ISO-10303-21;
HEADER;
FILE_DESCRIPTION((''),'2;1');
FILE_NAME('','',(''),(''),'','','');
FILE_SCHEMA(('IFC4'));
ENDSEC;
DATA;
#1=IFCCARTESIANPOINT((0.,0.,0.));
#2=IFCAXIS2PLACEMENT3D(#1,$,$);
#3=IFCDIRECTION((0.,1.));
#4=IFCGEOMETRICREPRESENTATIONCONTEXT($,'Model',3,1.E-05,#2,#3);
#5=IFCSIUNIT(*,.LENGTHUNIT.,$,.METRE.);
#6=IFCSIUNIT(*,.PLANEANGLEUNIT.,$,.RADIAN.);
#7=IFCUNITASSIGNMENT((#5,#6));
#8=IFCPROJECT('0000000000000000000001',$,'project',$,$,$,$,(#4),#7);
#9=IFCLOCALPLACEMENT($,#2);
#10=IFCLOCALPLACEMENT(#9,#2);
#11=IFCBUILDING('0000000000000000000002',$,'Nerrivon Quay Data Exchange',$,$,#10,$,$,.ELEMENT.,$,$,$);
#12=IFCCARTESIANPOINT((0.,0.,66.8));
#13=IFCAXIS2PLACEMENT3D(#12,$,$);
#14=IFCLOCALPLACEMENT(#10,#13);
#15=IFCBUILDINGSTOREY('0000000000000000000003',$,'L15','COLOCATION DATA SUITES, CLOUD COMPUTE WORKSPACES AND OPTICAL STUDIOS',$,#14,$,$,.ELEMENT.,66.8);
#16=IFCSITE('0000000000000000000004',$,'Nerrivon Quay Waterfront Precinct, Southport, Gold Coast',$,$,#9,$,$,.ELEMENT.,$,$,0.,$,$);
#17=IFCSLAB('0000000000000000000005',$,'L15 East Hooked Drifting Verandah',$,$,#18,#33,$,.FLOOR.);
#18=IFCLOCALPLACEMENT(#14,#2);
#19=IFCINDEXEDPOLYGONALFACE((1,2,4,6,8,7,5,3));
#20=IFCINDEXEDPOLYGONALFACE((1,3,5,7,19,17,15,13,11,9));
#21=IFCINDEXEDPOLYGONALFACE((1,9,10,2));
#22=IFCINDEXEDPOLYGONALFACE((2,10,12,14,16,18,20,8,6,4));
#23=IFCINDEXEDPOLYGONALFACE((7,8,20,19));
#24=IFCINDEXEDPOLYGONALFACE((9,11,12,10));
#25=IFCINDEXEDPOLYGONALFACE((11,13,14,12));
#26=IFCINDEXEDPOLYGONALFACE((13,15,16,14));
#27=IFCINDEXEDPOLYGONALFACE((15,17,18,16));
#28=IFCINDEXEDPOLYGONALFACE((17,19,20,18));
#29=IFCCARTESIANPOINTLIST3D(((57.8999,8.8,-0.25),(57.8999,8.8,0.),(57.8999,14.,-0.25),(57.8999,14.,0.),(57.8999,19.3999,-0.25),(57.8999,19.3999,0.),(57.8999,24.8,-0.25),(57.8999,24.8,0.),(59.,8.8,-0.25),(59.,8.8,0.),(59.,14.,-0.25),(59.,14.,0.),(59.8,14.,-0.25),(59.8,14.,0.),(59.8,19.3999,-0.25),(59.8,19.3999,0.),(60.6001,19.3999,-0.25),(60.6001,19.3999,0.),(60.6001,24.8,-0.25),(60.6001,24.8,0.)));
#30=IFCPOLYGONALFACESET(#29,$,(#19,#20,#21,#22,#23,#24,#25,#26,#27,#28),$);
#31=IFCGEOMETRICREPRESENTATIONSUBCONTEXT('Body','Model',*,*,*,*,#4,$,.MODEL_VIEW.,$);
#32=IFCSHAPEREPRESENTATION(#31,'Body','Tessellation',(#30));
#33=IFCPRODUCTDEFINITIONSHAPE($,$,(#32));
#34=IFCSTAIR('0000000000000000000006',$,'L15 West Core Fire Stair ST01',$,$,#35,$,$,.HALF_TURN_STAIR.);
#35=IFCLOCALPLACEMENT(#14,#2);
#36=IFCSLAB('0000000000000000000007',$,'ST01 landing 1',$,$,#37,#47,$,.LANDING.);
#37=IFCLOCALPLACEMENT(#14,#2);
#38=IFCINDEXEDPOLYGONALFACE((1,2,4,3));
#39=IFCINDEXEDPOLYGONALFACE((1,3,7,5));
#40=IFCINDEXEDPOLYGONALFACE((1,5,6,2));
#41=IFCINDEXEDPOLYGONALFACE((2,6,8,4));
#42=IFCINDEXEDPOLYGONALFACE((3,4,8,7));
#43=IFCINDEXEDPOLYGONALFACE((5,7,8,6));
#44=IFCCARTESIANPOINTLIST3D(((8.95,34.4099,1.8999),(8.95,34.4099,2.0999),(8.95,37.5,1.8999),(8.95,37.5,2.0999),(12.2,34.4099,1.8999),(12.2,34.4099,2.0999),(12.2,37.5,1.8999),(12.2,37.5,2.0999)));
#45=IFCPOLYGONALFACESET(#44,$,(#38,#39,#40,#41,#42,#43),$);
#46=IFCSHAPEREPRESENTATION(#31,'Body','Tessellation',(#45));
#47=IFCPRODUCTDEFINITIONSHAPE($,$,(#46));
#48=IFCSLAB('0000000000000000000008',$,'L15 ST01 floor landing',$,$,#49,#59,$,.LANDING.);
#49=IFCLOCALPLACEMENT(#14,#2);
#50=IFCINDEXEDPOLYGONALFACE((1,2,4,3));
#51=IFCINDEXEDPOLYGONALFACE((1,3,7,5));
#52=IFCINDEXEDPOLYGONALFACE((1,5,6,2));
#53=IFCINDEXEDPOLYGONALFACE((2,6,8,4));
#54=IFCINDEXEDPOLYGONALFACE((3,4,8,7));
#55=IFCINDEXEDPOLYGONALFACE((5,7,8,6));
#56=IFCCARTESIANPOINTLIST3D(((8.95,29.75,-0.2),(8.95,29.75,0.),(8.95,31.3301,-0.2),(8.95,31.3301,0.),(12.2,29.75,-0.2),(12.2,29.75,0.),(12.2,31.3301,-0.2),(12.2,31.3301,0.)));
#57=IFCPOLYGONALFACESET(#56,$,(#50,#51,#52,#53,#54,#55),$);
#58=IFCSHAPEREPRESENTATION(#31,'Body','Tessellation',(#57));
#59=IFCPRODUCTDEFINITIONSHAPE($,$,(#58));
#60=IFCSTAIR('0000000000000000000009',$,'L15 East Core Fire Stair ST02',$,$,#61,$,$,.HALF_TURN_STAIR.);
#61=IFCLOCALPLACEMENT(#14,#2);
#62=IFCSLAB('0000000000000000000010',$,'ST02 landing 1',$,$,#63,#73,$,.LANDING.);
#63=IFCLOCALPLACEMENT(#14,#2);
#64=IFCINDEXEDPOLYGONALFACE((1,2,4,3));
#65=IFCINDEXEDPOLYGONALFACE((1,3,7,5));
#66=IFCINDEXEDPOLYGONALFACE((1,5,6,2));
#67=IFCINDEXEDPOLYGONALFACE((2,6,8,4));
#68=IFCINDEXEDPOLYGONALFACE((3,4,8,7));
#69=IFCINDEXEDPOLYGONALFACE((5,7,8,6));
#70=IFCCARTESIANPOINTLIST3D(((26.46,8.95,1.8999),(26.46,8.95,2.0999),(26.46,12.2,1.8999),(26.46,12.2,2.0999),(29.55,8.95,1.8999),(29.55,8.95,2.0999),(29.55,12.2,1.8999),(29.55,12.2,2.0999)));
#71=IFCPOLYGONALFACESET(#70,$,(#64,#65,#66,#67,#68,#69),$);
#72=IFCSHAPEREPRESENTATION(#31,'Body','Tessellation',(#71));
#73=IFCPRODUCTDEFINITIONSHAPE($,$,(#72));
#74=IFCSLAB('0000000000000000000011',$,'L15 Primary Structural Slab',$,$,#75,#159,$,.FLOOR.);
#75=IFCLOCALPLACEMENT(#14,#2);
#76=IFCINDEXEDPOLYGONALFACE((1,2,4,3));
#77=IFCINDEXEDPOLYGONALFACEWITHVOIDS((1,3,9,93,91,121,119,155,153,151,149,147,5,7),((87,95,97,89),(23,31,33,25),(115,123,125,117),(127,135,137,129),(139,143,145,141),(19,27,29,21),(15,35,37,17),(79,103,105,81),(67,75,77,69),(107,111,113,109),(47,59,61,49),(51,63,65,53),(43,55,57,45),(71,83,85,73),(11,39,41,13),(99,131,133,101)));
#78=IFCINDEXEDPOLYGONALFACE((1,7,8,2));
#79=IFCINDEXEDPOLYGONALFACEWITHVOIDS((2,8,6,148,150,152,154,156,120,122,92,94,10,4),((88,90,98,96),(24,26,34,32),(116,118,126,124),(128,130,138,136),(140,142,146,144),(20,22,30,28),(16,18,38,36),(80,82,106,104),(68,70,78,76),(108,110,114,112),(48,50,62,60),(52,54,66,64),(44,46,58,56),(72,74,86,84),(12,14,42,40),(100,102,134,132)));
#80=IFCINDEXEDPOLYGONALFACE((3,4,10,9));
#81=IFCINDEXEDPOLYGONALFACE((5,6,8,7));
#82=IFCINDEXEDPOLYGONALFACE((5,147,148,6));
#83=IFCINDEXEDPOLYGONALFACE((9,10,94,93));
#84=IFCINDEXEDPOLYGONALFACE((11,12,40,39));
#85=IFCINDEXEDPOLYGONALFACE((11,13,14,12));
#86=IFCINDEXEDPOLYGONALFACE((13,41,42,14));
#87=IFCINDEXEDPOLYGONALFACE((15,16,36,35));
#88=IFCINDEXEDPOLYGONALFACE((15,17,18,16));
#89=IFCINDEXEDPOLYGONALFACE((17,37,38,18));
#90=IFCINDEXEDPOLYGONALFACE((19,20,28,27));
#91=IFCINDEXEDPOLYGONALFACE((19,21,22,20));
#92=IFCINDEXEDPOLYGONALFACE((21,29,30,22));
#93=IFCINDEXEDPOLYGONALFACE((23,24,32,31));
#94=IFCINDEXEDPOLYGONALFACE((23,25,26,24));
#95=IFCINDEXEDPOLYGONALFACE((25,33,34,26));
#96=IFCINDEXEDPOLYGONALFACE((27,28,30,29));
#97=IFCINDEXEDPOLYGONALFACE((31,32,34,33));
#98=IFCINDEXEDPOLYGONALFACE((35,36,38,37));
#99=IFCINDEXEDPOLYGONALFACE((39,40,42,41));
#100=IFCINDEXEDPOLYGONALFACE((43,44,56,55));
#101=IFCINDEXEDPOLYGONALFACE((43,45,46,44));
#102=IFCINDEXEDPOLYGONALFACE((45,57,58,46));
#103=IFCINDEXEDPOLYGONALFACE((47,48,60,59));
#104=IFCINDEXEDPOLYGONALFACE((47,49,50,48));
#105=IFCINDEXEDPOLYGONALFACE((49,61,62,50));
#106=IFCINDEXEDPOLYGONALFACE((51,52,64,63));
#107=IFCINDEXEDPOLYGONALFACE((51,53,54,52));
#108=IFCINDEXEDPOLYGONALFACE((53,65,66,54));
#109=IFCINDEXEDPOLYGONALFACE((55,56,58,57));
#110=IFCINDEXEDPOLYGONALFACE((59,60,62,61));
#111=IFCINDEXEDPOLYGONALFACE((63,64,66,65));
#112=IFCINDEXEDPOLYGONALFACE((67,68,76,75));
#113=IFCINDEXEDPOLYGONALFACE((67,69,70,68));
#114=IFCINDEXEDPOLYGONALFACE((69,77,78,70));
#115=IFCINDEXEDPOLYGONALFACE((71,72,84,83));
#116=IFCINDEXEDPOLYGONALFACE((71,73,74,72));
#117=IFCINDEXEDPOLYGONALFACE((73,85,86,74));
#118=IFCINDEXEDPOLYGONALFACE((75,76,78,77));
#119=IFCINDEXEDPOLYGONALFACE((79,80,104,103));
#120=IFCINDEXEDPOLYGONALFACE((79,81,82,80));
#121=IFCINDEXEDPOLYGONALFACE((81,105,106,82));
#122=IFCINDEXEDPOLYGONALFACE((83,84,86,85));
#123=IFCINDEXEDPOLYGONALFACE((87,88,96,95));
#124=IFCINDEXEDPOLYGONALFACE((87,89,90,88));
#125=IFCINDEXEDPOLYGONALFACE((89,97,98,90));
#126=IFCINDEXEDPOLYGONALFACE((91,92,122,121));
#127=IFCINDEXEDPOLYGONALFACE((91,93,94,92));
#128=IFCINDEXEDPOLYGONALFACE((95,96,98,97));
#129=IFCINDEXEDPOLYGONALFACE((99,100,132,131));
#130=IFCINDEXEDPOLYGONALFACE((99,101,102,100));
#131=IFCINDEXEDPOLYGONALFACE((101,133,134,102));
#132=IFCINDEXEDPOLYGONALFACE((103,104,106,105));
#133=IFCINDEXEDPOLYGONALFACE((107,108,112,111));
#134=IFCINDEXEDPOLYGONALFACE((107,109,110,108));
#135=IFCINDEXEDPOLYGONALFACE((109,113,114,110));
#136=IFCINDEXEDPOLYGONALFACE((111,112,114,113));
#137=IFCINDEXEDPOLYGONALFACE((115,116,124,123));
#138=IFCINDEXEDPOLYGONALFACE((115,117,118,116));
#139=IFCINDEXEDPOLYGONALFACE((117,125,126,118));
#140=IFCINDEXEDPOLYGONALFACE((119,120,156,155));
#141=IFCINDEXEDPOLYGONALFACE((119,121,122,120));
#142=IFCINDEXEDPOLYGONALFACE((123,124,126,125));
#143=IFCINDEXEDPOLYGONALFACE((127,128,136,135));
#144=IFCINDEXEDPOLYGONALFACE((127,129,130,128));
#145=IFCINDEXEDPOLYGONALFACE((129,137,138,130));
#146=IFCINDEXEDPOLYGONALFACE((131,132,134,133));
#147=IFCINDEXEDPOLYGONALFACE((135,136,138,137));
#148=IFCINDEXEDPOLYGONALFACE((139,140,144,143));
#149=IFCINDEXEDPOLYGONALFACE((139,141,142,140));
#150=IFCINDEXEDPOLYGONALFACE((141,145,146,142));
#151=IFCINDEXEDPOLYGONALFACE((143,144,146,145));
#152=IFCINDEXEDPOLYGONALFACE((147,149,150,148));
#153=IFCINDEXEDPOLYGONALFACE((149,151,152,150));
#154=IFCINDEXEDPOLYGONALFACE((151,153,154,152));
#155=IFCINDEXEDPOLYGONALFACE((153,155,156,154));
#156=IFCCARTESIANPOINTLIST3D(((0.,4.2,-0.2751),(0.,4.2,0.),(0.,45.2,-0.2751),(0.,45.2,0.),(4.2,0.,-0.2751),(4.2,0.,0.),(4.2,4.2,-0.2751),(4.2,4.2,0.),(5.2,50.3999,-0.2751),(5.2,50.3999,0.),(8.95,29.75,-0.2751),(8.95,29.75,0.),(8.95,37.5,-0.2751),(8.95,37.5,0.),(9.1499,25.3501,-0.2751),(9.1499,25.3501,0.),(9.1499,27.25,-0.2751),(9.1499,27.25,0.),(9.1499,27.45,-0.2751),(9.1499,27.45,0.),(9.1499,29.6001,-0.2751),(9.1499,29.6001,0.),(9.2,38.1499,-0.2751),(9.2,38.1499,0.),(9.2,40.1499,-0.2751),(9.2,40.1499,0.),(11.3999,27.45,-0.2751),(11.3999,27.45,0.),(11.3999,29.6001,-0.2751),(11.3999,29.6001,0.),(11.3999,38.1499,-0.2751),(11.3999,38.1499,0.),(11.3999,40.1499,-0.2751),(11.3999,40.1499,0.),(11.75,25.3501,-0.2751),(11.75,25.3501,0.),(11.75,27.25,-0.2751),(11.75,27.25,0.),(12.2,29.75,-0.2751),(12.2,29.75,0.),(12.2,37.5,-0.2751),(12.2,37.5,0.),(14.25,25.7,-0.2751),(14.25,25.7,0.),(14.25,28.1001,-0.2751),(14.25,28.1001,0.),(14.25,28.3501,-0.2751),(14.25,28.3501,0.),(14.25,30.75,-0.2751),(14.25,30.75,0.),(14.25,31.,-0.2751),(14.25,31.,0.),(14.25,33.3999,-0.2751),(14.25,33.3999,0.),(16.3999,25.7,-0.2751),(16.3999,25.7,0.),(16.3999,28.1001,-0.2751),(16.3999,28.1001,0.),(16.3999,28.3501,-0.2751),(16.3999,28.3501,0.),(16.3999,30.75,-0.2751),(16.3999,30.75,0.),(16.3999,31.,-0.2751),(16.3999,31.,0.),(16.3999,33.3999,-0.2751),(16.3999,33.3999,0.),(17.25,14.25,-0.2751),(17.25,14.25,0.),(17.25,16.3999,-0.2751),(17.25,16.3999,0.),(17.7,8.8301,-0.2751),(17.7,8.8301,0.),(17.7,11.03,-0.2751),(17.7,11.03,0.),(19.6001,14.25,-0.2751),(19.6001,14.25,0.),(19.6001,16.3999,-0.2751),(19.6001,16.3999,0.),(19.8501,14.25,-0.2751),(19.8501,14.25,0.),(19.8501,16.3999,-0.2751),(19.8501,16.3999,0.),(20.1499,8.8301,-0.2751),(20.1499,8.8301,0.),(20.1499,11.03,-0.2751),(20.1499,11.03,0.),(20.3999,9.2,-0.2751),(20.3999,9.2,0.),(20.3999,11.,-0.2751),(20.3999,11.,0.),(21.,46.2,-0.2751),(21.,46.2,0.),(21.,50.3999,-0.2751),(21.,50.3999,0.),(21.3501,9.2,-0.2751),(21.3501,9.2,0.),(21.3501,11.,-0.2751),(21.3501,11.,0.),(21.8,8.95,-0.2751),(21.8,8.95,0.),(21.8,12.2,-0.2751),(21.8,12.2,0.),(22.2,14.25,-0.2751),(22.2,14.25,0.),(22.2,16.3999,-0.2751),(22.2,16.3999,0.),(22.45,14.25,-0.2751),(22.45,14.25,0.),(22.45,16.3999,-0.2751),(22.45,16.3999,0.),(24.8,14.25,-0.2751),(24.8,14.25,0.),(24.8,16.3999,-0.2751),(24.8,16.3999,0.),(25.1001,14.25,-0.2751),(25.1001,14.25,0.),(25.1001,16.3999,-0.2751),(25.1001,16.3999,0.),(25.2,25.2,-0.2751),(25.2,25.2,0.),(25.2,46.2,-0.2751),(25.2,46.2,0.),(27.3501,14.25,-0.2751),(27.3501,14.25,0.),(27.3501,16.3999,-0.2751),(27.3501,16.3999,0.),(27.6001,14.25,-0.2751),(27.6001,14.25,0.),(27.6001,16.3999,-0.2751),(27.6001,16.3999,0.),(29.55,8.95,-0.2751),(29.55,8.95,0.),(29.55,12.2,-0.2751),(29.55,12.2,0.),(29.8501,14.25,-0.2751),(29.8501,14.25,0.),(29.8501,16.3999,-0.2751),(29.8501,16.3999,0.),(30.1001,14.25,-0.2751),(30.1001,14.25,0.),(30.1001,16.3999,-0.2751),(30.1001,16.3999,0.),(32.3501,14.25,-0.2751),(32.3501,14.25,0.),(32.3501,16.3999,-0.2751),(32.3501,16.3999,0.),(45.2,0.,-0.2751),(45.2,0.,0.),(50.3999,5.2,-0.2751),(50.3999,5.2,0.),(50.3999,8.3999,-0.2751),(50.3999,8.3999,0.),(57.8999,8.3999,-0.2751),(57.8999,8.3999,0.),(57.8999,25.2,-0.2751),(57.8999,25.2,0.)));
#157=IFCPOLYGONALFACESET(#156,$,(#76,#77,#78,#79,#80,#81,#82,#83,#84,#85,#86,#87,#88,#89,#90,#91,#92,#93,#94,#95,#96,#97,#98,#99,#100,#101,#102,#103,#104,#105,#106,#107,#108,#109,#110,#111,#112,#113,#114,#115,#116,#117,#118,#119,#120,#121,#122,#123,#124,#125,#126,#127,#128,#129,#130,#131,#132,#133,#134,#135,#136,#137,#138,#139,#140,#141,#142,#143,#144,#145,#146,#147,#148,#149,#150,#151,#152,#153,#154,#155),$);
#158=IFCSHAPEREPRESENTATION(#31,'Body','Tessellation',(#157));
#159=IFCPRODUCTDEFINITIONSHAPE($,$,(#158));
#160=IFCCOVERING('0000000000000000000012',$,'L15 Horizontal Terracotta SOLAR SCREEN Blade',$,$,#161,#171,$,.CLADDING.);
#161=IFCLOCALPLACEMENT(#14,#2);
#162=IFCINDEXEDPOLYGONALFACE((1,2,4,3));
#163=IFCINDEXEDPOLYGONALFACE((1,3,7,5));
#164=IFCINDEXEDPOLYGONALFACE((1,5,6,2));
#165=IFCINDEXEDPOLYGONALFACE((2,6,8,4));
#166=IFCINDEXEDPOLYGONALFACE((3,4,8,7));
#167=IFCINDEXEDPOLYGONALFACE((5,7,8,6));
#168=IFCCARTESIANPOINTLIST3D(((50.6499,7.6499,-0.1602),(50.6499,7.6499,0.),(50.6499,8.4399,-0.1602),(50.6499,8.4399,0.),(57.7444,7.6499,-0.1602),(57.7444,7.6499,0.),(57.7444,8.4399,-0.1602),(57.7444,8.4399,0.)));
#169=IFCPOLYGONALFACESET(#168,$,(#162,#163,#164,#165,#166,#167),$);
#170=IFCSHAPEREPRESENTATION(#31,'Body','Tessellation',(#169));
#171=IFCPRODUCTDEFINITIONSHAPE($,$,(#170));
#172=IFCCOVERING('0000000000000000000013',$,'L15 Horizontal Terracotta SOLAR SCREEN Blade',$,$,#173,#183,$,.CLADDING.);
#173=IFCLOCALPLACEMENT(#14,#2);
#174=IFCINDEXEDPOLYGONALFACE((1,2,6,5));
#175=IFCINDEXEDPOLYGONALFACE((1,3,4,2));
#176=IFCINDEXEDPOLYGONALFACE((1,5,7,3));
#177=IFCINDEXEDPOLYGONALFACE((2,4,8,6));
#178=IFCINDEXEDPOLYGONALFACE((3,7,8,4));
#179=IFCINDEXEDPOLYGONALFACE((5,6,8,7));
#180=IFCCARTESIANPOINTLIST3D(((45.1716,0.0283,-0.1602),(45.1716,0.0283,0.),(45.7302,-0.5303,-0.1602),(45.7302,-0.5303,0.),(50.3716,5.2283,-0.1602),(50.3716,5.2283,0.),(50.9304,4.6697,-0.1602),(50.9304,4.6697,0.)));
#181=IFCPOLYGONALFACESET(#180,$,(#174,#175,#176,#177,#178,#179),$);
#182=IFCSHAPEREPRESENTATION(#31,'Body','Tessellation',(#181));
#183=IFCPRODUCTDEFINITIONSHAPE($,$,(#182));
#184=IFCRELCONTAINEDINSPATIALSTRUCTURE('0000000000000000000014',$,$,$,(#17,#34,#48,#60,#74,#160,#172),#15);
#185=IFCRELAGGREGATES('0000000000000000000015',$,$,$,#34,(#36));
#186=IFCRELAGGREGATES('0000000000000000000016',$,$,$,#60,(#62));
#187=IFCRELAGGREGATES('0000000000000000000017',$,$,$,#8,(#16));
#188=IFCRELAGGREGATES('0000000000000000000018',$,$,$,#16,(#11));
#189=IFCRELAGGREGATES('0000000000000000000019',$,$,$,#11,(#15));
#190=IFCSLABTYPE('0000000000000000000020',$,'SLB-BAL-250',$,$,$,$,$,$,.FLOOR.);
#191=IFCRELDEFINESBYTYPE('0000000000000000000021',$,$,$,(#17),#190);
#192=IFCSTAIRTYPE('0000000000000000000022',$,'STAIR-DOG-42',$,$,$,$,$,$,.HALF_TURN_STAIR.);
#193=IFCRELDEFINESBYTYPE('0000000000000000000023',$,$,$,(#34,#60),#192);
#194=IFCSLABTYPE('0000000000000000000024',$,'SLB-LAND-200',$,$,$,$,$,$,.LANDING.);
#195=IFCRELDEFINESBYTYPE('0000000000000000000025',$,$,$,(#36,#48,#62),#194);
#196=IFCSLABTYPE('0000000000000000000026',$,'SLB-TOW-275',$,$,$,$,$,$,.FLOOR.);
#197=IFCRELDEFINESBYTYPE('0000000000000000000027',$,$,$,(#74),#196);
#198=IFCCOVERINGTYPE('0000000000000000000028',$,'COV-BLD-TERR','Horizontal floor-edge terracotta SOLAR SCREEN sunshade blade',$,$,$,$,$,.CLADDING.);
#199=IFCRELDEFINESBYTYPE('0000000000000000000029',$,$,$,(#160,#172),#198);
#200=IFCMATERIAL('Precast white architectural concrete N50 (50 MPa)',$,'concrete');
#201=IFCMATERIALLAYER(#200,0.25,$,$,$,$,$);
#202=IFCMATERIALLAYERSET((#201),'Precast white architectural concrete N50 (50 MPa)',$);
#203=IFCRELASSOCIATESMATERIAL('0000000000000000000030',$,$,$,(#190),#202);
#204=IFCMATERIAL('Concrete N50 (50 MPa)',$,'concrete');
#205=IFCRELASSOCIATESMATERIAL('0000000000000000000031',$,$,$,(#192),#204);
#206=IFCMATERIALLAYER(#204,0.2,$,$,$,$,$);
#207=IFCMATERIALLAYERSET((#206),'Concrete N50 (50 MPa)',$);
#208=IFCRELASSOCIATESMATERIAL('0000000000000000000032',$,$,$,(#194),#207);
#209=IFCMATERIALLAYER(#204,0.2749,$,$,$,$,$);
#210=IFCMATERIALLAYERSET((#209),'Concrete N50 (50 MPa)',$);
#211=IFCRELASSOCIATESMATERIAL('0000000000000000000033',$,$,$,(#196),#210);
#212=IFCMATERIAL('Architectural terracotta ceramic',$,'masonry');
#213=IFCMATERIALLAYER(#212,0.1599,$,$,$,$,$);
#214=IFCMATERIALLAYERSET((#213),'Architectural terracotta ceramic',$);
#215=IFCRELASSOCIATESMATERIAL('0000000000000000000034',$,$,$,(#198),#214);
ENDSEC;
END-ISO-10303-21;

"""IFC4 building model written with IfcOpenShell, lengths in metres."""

from ifc_helpers import new_model, si_unit, direction, frame, origin, place, context, subcontext, project, spatial, polyline, outline, extrude, material, layer, layer_set, type_object, element, aggregate, save


model = new_model("IFC4")

# Units and contexts
model_context = context("Model", 3, precision=1e-05, world=origin(), true_north=direction((0.0, 1.0)))
body_context = subcontext(model_context, "Body", "Model", "MODEL_VIEW")
ifc_project = project(units=[si_unit("LENGTHUNIT", "METRE"), si_unit("PLANEANGLEUNIT", "RADIAN")], contexts=[model_context])

# Site, building, storey
site_placement = place(None, origin())
site = spatial("IfcSite", under=ifc_project, at=site_placement, Name="Nerrivon Quay Waterfront Precinct, Southport, Gold Coast", CompositionType="ELEMENT", RefElevation=0.0)
building_placement = place(site_placement, origin())
building = spatial("IfcBuilding", under=site, at=building_placement, Name="Nerrivon Quay Data Exchange", CompositionType="ELEMENT")
storey_placement = place(building_placement, frame((0.0, 0.0, 66.8)))
storey = spatial("IfcBuildingStorey", under=building, at=storey_placement, Name="L15", Description="COLOCATION DATA SUITES, CLOUD COMPUTE WORKSPACES AND OPTICAL STUDIOS", CompositionType="ELEMENT", Elevation=66.8)

# Slab
ifc_material_1 = material(Name="Precast white architectural concrete N50 (50 MPa)", Category="concrete")
ifc_layer_1 = layer(ifc_material_1, 0.25)
ifc_layer_set_1 = layer_set([ifc_layer_1], Name="Precast white architectural concrete N50 (50 MPa)")
slab_type_1 = type_object("IfcSlabType", Name="SLB-BAL-250", PredefinedType="FLOOR", material=ifc_layer_set_1)
slab_1_placement = place(storey_placement, frame((0.0, 0.0, -0.25)))
element("IfcSlab", 1, at=slab_1_placement, inside=storey, type_object=slab_type_1, Name="L15 East Hooked Drifting Verandah", PredefinedType="FLOOR", context=body_context, shape_type="SweptSolid", body=[
    extrude(outline(polyline([(59.0, 14.0), (59.8, 14.0), (59.8, 19.3999), (60.6001, 19.3999), (60.6001, 24.8), (57.8999, 24.8), (57.8999, 19.3999), (57.8999, 14.0), (57.8999, 8.8), (59.0, 8.8), (59.0, 14.0)])), origin(), (0.0, 0.0, 1.0), 0.25),
])

# Stair, slab
ifc_material_2 = material(Name="Concrete N50 (50 MPa)", Category="concrete")
stair_type = type_object("IfcStairType", Name="STAIR-DOG-42", PredefinedType="HALF_TURN_STAIR", material=ifc_material_2)
stair_1_placement = place(storey_placement, origin())
stair_1 = element("IfcStair", 2, at=stair_1_placement, inside=storey, type_object=stair_type, Name="L15 West Core Fire Stair ST01", PredefinedType="HALF_TURN_STAIR")
ifc_layer_2 = layer(ifc_material_2, 0.2)
ifc_layer_set_2 = layer_set([ifc_layer_2], Name="Concrete N50 (50 MPa)")
slab_type_2 = type_object("IfcSlabType", Name="SLB-LAND-200", PredefinedType="LANDING", material=ifc_layer_set_2)
slab_2_placement = place(storey_placement, frame((0.0, 0.0, 1.8999)))
slab_2 = element("IfcSlab", 3, at=slab_2_placement, type_object=slab_type_2, Name="ST01 landing 1", PredefinedType="LANDING", context=body_context, shape_type="SweptSolid", body=[
    extrude(outline(polyline([(12.2, 34.4099), (12.2, 37.5), (8.95, 37.5), (8.95, 34.4099), (12.2, 34.4099)])), origin(), (0.0, 0.0, 1.0), 0.2),
])
aggregate(stair_1, [slab_2])

# Slab
slab_3_placement = place(storey_placement, frame((0.0, 0.0, -0.2)))
element("IfcSlab", 4, at=slab_3_placement, inside=storey, type_object=slab_type_2, Name="L15 ST01 floor landing", PredefinedType="LANDING", context=body_context, shape_type="SweptSolid", body=[
    extrude(outline(polyline([(12.2, 29.75), (12.2, 31.3301), (8.95, 31.3301), (8.95, 29.75), (12.2, 29.75)])), origin(), (0.0, 0.0, 1.0), 0.2),
])

# Stair, slab
stair_2_placement = place(storey_placement, origin())
stair_2 = element("IfcStair", 5, at=stair_2_placement, inside=storey, type_object=stair_type, Name="L15 East Core Fire Stair ST02", PredefinedType="HALF_TURN_STAIR")
slab_4_placement = place(storey_placement, frame((0.0, 0.0, 1.8999)))
slab_4 = element("IfcSlab", 6, at=slab_4_placement, type_object=slab_type_2, Name="ST02 landing 1", PredefinedType="LANDING", context=body_context, shape_type="SweptSolid", body=[
    extrude(outline(polyline([(26.46, 8.95), (29.55, 8.95), (29.55, 12.2), (26.46, 12.2), (26.46, 8.95)])), origin(), (0.0, 0.0, 1.0), 0.2),
])
aggregate(stair_2, [slab_4])

# Slab
ifc_layer_3 = layer(ifc_material_2, 0.2749)
ifc_layer_set_3 = layer_set([ifc_layer_3], Name="Concrete N50 (50 MPa)")
slab_type_3 = type_object("IfcSlabType", Name="SLB-TOW-275", PredefinedType="FLOOR", material=ifc_layer_set_3)
slab_5_placement = place(storey_placement, frame((0.0, 0.0, -0.2751)))
element("IfcSlab", 7, at=slab_5_placement, inside=storey, type_object=slab_type_3, Name="L15 Primary Structural Slab", PredefinedType="FLOOR", context=body_context, shape_type="SweptSolid", body=[
    extrude(outline(polyline([(25.2, 25.2), (25.2, 46.2), (21.0, 46.2), (21.0, 50.3999), (5.2, 50.3999), (0.0, 45.2), (0.0, 4.2), (4.2, 4.2), (4.2, 0.0), (45.2, 0.0), (50.3999, 5.2), (50.3999, 8.3999), (57.8999, 8.3999), (57.8999, 25.2), (25.2, 25.2)]), holes=[polyline([(8.95, 29.75), (8.95, 37.5), (12.2, 37.5), (12.2, 29.75), (8.95, 29.75)]), polyline([(21.8, 12.2), (29.55, 12.2), (29.55, 8.95), (21.8, 8.95), (21.8, 12.2)]), polyline([(30.1001, 16.3999), (32.3501, 16.3999), (32.3501, 14.25), (30.1001, 14.25), (30.1001, 16.3999)]), polyline([(27.6001, 16.3999), (29.8501, 16.3999), (29.8501, 14.25), (27.6001, 14.25), (27.6001, 16.3999)]), polyline([(25.1001, 16.3999), (27.3501, 16.3999), (27.3501, 14.25), (25.1001, 14.25), (25.1001, 16.3999)]), polyline([(22.45, 16.3999), (24.8, 16.3999), (24.8, 14.25), (22.45, 14.25), (22.45, 16.3999)]), polyline([(19.8501, 16.3999), (22.2, 16.3999), (22.2, 14.25), (19.8501, 14.25), (19.8501, 16.3999)]), polyline([(20.3999, 11.0), (21.3501, 11.0), (21.3501, 9.2), (20.3999, 9.2), (20.3999, 11.0)]), polyline([(17.7, 8.8301), (17.7, 11.03), (20.1499, 11.03), (20.1499, 8.8301), (17.7, 8.8301)]), polyline([(17.25, 14.25), (17.25, 16.3999), (19.6001, 16.3999), (19.6001, 14.25), (17.25, 14.25)]), polyline([(14.25, 28.1001), (16.3999, 28.1001), (16.3999, 25.7), (14.25, 25.7), (14.25, 28.1001)]), polyline([(14.25, 30.75), (16.3999, 30.75), (16.3999, 28.3501), (14.25, 28.3501), (14.25, 30.75)]), polyline([(14.25, 33.3999), (16.3999, 33.3999), (16.3999, 31.0), (14.25, 31.0), (14.25, 33.3999)]), polyline([(9.1499, 27.25), (11.75, 27.25), (11.75, 25.3501), (9.1499, 25.3501), (9.1499, 27.25)]), polyline([(9.1499, 29.6001), (11.3999, 29.6001), (11.3999, 27.45), (9.1499, 27.45), (9.1499, 29.6001)]), polyline([(9.2, 40.1499), (11.3999, 40.1499), (11.3999, 38.1499), (9.2, 38.1499), (9.2, 40.1499)])]), origin(), (0.0, 0.0, 1.0), 0.2751),
])

# Coverings
ifc_material_3 = material(Name="Architectural terracotta ceramic", Category="masonry")
ifc_layer_4 = layer(ifc_material_3, 0.1599)
ifc_layer_set_4 = layer_set([ifc_layer_4], Name="Architectural terracotta ceramic")
covering_type = type_object("IfcCoveringType", Name="COV-BLD-TERR", Description="Horizontal floor-edge terracotta SOLAR SCREEN sunshade blade", PredefinedType="CLADDING", material=ifc_layer_set_4)
covering_1_placement = place(storey_placement, frame((0.0, 0.0, -0.1602)))
element("IfcCovering", 8, at=covering_1_placement, inside=storey, type_object=covering_type, Name="L15 Horizontal Terracotta SOLAR SCREEN Blade", PredefinedType="CLADDING", context=body_context, shape_type="SweptSolid", body=[
    extrude(outline(polyline([(57.7444, 8.4399), (50.6499, 8.4399), (50.6499, 7.6499), (57.7444, 7.6499), (57.7444, 8.4399)])), origin(), (0.0, 0.0, 1.0), 0.1602),
])
covering_2_placement = place(storey_placement, frame((0.0, 0.0, -0.1602)))
element("IfcCovering", 9, at=covering_2_placement, inside=storey, type_object=covering_type, Name="L15 Horizontal Terracotta SOLAR SCREEN Blade", PredefinedType="CLADDING", context=body_context, shape_type="SweptSolid", body=[
    extrude(outline(polyline([(50.3716, 5.2283), (45.1716, 0.0283), (45.7302, -0.5303), (50.9304, 4.6697), (50.3716, 5.2283)])), origin(), (0.0, 0.0, 1.0), 0.1602),
])

save(model, "model.ifc")
